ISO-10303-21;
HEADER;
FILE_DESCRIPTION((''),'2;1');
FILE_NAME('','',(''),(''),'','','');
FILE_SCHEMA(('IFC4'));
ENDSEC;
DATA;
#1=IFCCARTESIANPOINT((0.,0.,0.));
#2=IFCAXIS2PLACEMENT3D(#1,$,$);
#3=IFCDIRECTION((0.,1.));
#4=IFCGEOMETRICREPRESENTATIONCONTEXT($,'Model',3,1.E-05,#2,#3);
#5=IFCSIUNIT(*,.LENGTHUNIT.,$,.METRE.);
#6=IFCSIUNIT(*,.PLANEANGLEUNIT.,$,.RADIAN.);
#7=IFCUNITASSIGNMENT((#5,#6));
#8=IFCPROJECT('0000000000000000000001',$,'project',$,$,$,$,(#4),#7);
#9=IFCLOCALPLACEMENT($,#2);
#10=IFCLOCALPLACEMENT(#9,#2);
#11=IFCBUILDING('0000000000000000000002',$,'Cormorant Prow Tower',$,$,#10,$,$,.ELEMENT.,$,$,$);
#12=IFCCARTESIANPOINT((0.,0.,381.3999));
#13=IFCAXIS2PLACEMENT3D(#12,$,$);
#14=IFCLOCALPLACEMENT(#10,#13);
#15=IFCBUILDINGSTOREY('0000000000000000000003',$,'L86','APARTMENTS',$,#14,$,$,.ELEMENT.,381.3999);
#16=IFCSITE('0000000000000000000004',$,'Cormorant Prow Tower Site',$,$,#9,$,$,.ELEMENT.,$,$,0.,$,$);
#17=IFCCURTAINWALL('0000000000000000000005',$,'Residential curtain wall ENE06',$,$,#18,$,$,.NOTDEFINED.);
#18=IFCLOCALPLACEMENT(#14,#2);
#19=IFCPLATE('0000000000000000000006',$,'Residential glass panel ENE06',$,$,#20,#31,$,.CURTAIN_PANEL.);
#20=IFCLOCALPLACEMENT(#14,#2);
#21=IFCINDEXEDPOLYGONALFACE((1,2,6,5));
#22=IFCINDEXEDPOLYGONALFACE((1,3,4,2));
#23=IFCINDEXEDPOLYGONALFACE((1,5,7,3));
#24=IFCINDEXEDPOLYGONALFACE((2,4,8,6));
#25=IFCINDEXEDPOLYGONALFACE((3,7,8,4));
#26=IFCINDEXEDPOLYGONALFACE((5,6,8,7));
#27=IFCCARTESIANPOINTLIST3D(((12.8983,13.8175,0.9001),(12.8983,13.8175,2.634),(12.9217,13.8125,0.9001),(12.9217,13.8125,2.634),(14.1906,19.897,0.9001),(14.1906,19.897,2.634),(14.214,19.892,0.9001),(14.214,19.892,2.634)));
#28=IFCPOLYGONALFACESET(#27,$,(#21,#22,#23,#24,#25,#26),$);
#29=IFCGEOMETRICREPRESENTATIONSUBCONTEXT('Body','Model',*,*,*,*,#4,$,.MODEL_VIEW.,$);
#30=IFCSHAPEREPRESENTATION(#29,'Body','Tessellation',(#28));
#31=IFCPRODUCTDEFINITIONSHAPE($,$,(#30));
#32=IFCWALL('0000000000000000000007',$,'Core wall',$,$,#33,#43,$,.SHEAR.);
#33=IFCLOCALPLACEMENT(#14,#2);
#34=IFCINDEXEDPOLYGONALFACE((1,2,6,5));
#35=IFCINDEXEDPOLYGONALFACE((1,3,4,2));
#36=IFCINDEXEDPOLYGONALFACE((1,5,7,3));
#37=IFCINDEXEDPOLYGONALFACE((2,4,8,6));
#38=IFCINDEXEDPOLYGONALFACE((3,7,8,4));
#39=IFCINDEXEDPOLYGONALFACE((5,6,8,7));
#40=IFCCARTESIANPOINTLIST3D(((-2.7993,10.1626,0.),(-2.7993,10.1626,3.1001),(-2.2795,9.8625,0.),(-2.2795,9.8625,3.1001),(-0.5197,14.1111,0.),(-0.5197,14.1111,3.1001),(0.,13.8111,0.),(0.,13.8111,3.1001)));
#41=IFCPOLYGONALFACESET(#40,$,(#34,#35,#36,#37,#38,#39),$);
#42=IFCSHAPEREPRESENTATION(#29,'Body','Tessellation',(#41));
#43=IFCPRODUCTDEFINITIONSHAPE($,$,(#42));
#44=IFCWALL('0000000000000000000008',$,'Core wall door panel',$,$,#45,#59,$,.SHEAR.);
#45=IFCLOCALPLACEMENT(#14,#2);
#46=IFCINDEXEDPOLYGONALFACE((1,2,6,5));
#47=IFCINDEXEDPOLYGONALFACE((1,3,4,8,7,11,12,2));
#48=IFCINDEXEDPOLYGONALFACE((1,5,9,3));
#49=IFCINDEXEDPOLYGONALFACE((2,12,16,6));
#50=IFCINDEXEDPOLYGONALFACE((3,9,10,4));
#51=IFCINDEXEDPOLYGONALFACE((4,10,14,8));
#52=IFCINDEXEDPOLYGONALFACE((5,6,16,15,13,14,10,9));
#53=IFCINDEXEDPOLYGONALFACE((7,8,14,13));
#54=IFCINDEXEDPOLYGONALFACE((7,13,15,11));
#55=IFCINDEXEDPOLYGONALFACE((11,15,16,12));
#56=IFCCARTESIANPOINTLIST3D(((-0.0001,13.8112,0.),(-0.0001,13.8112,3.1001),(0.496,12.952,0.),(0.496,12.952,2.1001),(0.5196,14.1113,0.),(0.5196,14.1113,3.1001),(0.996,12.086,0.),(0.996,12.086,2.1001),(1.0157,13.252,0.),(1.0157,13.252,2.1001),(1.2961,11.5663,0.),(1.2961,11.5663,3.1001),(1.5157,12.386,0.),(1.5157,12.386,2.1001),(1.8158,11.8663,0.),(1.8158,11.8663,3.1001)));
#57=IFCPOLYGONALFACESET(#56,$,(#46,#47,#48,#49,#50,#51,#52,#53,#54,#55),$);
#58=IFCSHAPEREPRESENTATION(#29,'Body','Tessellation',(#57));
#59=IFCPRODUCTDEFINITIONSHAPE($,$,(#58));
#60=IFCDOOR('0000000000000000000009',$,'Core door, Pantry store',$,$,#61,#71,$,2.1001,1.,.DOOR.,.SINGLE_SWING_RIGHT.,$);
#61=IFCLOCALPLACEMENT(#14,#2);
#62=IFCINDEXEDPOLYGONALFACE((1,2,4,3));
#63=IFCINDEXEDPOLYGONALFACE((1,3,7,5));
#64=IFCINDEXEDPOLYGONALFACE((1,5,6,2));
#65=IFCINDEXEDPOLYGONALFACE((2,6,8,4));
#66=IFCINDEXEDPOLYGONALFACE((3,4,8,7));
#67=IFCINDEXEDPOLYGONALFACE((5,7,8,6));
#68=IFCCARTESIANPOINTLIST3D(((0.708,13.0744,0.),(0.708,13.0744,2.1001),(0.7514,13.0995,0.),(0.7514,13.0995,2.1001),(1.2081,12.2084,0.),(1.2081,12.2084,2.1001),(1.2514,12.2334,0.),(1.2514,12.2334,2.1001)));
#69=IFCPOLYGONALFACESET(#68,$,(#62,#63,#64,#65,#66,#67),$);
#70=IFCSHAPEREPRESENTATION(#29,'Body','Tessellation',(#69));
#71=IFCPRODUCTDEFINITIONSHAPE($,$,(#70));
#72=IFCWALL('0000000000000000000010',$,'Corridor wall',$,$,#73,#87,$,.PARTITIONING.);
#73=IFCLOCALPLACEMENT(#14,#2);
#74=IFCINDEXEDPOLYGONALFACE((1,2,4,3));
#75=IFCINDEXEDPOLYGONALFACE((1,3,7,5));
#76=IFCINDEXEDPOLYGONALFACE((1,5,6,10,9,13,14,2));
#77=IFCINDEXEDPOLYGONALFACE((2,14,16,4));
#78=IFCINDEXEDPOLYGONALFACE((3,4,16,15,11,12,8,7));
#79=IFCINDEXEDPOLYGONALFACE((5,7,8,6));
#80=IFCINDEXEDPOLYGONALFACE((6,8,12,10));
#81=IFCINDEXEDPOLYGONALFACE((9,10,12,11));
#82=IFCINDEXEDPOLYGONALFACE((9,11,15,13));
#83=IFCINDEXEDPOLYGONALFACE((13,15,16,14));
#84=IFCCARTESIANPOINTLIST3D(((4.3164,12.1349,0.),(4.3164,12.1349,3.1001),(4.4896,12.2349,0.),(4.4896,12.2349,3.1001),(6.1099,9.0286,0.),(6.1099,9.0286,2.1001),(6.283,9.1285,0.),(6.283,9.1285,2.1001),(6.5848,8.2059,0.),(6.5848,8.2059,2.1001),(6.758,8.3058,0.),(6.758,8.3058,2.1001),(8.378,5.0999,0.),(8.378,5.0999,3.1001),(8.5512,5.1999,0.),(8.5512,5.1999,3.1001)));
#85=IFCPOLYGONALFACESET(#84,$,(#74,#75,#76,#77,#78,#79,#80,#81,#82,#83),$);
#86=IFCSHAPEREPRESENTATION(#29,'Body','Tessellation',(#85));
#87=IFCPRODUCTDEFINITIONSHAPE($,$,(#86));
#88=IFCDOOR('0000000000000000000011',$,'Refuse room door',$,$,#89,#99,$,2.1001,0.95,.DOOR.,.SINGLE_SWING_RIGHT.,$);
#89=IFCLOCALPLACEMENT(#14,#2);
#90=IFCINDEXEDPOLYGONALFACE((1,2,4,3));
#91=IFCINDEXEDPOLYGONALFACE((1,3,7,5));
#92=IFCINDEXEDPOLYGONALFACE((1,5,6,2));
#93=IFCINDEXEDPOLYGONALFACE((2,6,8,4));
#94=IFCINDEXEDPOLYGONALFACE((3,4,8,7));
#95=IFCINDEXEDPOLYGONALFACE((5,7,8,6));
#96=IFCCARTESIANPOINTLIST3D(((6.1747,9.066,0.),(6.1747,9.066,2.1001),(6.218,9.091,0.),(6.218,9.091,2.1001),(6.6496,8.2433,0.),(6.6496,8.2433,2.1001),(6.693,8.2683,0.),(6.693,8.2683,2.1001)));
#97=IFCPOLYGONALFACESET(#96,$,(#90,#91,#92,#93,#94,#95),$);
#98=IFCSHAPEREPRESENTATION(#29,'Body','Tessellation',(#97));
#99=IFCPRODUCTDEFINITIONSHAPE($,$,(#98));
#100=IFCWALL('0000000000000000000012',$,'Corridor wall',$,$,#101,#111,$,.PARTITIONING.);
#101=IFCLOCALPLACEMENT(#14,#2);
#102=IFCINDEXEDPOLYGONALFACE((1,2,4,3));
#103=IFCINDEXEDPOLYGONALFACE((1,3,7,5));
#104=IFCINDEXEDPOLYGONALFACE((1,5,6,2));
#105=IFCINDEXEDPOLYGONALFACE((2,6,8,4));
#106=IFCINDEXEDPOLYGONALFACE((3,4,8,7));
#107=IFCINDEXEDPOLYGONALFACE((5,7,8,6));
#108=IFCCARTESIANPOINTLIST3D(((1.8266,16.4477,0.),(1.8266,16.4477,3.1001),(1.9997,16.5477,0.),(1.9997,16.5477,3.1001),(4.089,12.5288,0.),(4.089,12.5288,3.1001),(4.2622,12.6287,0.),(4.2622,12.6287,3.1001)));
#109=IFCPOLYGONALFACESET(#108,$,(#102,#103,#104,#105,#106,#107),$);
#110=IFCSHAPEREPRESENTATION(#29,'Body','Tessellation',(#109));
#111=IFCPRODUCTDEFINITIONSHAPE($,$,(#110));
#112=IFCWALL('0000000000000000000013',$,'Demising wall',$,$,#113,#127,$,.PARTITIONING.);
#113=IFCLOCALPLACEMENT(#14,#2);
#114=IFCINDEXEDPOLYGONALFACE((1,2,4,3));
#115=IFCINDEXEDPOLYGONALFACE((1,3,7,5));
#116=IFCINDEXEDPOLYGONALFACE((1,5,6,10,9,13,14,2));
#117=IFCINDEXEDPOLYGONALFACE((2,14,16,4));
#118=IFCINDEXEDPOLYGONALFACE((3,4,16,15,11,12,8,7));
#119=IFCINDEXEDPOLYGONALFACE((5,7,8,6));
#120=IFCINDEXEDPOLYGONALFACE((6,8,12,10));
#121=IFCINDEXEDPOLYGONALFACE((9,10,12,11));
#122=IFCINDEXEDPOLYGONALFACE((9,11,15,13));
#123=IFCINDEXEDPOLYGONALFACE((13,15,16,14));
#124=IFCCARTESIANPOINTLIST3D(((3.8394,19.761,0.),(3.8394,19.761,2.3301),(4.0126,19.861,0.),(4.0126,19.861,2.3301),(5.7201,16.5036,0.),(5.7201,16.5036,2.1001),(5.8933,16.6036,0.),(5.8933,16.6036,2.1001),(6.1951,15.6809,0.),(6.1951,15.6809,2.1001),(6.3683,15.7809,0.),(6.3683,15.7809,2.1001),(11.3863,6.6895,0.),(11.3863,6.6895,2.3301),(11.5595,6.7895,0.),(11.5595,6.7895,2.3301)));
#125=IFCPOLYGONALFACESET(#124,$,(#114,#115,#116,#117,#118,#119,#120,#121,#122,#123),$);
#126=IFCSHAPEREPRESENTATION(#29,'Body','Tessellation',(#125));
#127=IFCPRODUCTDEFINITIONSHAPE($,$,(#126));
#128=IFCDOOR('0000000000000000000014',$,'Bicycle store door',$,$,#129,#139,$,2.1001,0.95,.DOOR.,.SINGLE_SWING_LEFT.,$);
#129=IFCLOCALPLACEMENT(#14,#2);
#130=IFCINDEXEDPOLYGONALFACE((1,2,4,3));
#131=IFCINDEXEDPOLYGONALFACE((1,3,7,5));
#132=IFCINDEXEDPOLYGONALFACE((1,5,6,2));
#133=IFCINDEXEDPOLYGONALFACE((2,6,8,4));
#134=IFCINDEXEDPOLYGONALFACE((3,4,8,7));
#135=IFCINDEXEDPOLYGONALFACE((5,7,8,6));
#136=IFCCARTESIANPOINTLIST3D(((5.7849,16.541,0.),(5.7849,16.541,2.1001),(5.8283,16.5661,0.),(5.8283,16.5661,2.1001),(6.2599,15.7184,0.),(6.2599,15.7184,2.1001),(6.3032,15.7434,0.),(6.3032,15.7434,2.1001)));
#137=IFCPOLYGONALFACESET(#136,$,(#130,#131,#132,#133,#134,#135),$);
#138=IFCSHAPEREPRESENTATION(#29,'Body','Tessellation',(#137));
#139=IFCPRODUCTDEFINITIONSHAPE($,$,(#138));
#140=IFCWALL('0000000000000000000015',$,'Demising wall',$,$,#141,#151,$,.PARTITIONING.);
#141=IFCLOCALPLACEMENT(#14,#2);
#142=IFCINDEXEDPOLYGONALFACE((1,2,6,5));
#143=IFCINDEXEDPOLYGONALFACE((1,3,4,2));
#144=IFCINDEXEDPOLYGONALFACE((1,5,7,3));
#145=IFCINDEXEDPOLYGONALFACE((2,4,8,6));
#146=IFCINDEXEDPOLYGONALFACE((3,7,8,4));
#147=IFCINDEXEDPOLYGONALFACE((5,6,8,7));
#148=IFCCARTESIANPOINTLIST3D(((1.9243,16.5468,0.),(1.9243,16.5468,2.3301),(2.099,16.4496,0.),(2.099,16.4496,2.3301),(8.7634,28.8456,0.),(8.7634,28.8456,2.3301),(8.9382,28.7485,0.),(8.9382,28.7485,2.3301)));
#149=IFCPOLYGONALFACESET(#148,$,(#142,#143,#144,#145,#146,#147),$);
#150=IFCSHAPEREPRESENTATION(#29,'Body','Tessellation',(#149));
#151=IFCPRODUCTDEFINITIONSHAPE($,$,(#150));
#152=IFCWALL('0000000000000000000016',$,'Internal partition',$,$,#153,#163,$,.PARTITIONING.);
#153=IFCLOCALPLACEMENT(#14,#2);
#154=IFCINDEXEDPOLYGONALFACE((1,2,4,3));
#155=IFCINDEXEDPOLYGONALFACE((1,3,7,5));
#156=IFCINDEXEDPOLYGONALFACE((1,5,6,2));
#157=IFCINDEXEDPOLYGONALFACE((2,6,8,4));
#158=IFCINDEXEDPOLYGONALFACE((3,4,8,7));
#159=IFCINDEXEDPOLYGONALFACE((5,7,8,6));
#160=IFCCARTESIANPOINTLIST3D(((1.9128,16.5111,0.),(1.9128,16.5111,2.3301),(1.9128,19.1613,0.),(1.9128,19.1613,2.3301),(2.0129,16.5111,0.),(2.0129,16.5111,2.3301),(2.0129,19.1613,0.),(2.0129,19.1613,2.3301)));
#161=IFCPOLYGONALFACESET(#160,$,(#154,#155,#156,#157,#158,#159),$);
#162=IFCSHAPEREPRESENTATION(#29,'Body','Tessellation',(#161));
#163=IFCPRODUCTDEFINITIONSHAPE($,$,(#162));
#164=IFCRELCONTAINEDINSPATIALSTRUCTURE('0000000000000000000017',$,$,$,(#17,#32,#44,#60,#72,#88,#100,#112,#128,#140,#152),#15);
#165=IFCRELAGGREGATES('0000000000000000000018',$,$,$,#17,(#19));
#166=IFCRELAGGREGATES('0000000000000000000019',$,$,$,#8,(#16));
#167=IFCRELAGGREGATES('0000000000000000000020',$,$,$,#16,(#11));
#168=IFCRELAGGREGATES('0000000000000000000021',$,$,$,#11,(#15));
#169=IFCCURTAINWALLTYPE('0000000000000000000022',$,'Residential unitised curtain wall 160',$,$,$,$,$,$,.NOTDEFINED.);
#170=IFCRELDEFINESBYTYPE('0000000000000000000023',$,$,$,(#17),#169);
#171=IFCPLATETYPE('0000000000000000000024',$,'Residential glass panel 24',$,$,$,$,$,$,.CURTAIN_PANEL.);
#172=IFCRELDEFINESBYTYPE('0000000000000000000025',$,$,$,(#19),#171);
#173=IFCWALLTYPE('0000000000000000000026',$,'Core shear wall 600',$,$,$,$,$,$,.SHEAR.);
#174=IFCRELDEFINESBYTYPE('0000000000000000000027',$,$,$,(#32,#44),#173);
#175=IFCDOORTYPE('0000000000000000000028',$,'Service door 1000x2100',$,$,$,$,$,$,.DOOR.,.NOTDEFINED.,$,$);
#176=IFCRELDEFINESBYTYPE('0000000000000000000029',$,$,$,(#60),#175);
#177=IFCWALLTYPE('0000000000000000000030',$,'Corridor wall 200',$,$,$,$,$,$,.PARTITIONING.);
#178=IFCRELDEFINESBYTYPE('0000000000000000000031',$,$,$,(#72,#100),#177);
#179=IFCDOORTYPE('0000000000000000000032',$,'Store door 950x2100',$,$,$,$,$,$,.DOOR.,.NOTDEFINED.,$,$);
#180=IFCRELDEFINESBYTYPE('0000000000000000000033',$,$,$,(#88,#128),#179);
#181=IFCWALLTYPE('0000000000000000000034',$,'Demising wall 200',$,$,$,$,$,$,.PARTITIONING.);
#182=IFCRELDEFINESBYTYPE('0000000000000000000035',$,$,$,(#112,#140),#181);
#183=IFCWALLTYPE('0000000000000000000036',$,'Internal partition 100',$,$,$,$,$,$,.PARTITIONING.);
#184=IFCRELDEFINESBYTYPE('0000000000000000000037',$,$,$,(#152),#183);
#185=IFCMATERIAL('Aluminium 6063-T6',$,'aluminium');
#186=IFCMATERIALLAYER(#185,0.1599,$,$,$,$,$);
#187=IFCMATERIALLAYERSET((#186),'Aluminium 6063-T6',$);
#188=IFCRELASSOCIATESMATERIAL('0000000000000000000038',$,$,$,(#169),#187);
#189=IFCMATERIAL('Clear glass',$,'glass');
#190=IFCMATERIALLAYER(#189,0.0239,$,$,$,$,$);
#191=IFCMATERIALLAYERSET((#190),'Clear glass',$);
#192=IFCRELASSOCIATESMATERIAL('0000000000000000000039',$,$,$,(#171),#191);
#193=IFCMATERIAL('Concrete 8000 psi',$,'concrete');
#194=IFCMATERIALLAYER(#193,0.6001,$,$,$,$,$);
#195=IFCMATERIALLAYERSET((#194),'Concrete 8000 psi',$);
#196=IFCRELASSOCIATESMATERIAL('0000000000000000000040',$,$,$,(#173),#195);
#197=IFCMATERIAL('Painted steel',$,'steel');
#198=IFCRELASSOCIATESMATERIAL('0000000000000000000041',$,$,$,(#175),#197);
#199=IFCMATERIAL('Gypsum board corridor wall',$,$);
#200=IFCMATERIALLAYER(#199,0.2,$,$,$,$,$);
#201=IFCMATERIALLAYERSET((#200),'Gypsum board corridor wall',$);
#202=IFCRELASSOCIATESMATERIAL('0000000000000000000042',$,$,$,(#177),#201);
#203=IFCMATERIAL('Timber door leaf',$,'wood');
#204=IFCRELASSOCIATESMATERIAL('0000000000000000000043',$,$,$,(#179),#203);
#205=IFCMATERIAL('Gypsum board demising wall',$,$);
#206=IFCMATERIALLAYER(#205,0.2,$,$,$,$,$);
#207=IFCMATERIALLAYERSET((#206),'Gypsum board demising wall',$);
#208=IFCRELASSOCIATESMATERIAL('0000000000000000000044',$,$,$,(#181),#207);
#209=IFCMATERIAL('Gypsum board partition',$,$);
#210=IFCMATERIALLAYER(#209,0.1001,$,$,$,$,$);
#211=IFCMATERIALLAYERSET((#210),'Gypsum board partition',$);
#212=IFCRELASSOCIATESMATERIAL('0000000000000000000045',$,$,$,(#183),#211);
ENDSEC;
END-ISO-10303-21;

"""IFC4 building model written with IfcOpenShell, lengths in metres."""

from ifc_helpers import new_model, si_unit, direction, frame, frame_2d, origin, origin_2d, place, context, subcontext, project, spatial, rectangle, extrude, material, layer, layer_set, type_object, element, fill, aggregate, save


model = new_model("IFC4")

# Units and contexts
model_context = context("Model", 3, precision=1e-05, world=origin(), true_north=direction((0.0, 1.0)))
body_context = subcontext(model_context, "Body", "Model", "MODEL_VIEW")
ifc_project = project(units=[si_unit("LENGTHUNIT", "METRE"), si_unit("PLANEANGLEUNIT", "RADIAN")], contexts=[model_context])

# Site, building, storey
site_placement = place(None, origin())
site = spatial("IfcSite", under=ifc_project, at=site_placement, Name="Cormorant Prow Tower Site", CompositionType="ELEMENT", RefElevation=0.0)
building_placement = place(site_placement, origin())
building = spatial("IfcBuilding", under=site, at=building_placement, Name="Cormorant Prow Tower", CompositionType="ELEMENT")
storey_placement = place(building_placement, frame((0.0, 0.0, 381.3999)))
storey = spatial("IfcBuildingStorey", under=building, at=storey_placement, Name="L86", Description="APARTMENTS", CompositionType="ELEMENT", Elevation=381.3999)

# Curtain wall
ifc_material_1 = material(Name="Aluminium 6063-T6", Category="aluminium")
ifc_layer_1 = layer(ifc_material_1, 0.1599)
ifc_layer_set_1 = layer_set([ifc_layer_1], Name="Aluminium 6063-T6")
curtain_wall_type = type_object("IfcCurtainWallType", Name="Residential unitised curtain wall 160", PredefinedType="NOTDEFINED", material=ifc_layer_set_1)
curtain_wall_placement = place(storey_placement, origin())
curtain_wall = element("IfcCurtainWall", 1, at=curtain_wall_placement, inside=storey, type_object=curtain_wall_type, Name="Residential curtain wall ENE06", PredefinedType="NOTDEFINED")

# Plate
ifc_material_2 = material(Name="Clear glass", Category="glass")
ifc_layer_2 = layer(ifc_material_2, 0.0239)
ifc_layer_set_2 = layer_set([ifc_layer_2], Name="Clear glass")
plate_type = type_object("IfcPlateType", Name="Residential glass panel 24", PredefinedType="CURTAIN_PANEL", material=ifc_layer_set_2)
plate_placement = place(storey_placement, frame((13.5562, 16.8547, 0.9001), z_axis=(0.0, 0.0, 1.0), x_axis=(0.207912, 0.978148, 0.0)))
plate = element("IfcPlate", 2, at=plate_placement, type_object=plate_type, Name="Residential glass panel ENE06", PredefinedType="CURTAIN_PANEL", context=body_context, shape_type="SweptSolid", body=[
    extrude(rectangle(XDim=6.2153, YDim=0.0239, at=origin_2d()), origin(), (0.0, 0.0, 1.0), 1.7339),
])
aggregate(curtain_wall, [plate])

# Wall
ifc_material_3 = material(Name="Concrete 8000 psi", Category="concrete")
ifc_layer_3 = layer(ifc_material_3, 0.6001)
ifc_layer_set_3 = layer_set([ifc_layer_3], Name="Concrete 8000 psi")
wall_type_1 = type_object("IfcWallType", Name="Core shear wall 600", PredefinedType="SHEAR", material=ifc_layer_set_3)
wall_1_placement = place(storey_placement, frame((-0.2598, 13.9612, 0.0), z_axis=(0.0, 0.0, 1.0), x_axis=(-0.49998, -0.866037, 0.0)))
element("IfcWall", 3, at=wall_1_placement, inside=storey, type_object=wall_type_1, Name="Core wall", PredefinedType="SHEAR", context=body_context, shape_type="SweptSolid", body=[
    extrude(rectangle(XDim=4.5593, YDim=0.6001, at=frame_2d((2.2798, 0.0))), origin(), (0.0, 0.0, 1.0), 3.1001),
])

# Walls, openings, doors
wall_2_placement = place(storey_placement, frame((1.5559, 11.7163, 0.0), z_axis=(0.0, 0.0, 1.0), x_axis=(-0.500019, 0.866015, 0.0)))
wall_2 = element("IfcWall", 4, at=wall_2_placement, inside=storey, type_object=wall_type_1, Name="Core wall door panel", PredefinedType="SHEAR", context=body_context, shape_type="SweptSolid", body=[
    extrude(rectangle(XDim=2.5923, YDim=0.6001, at=frame_2d((1.2961, 0.0))), origin(), (0.0, 0.0, 1.0), 3.1001),
])
opening_1_placement = place(wall_2_placement, frame((0.6001, 0.0, 0.0)))
opening_1 = element("IfcOpeningElement", 5, at=opening_1_placement, cuts=wall_2, PredefinedType="OPENING", context=body_context, shape_type="SweptSolid", body=[
    extrude(rectangle(XDim=1.0, YDim=2.1001, at=frame_2d((0.5, 1.05))), frame((0.0, 0.3101, 0.0), z_axis=(0.0, -1.0, 0.0), x_axis=(1.0, 0.0, 0.0)), (0.0, 0.0, 1.0), 0.6201),
])
ifc_material_4 = material(Name="Painted steel", Category="steel")
door_type_1 = type_object("IfcDoorType", Name="Service door 1000x2100", OperationType="NOTDEFINED", PredefinedType="DOOR", material=ifc_material_4)
door_1_placement = place(opening_1_placement, origin())
door_1 = element("IfcDoor", 6, at=door_1_placement, inside=storey, type_object=door_type_1, Name="Core door, Pantry store", OperationType="SINGLE_SWING_RIGHT", OverallHeight=2.1001, OverallWidth=1.0, PredefinedType="DOOR", context=body_context, shape_type="SweptSolid", body=[
    extrude(rectangle(XDim=1.0, YDim=2.1001, at=frame_2d((0.5, 1.05))), frame((0.0, 0.0552, 0.0), z_axis=(0.0, -1.0, 0.0), x_axis=(1.0, 0.0, 0.0)), (0.0, 0.0, 1.0), 0.05),
])
fill(opening_1, door_1)
ifc_material_5 = material(Name="Gypsum board corridor wall")
ifc_layer_4 = layer(ifc_material_5, 0.2)
ifc_layer_set_4 = layer_set([ifc_layer_4], Name="Gypsum board corridor wall")
wall_type_2 = type_object("IfcWallType", Name="Corridor wall 200", PredefinedType="PARTITIONING", material=ifc_layer_set_4)
wall_3_placement = place(storey_placement, frame((4.4031, 12.1848, 0.0), z_axis=(0.0, 0.0, 1.0), x_axis=(0.499992, -0.86603, 0.0)))
wall_3 = element("IfcWall", 7, at=wall_3_placement, inside=storey, type_object=wall_type_2, Name="Corridor wall", PredefinedType="PARTITIONING", context=body_context, shape_type="SweptSolid", body=[
    extrude(rectangle(XDim=8.1233, YDim=0.2, at=frame_2d((4.0615, 0.0))), origin(), (0.0, 0.0, 1.0), 3.1001),
])
opening_2_placement = place(wall_3_placement, frame((3.5867, 0.0, 0.0)))
opening_2 = element("IfcOpeningElement", 8, at=opening_2_placement, cuts=wall_3, PredefinedType="OPENING", context=body_context, shape_type="SweptSolid", body=[
    extrude(rectangle(XDim=0.95, YDim=2.1001, at=frame_2d((0.4751, 1.05))), frame((0.0, 0.1099, 0.0), z_axis=(0.0, -1.0, 0.0), x_axis=(1.0, 0.0, 0.0)), (0.0, 0.0, 1.0), 0.22),
])
ifc_material_6 = material(Name="Timber door leaf", Category="wood")
door_type_2 = type_object("IfcDoorType", Name="Store door 950x2100", OperationType="NOTDEFINED", PredefinedType="DOOR", material=ifc_material_6)
door_2_placement = place(opening_2_placement, origin())
door_2 = element("IfcDoor", 9, at=door_2_placement, inside=storey, type_object=door_type_2, Name="Refuse room door", OperationType="SINGLE_SWING_RIGHT", OverallHeight=2.1001, OverallWidth=0.95, PredefinedType="DOOR", context=body_context, shape_type="SweptSolid", body=[
    extrude(rectangle(XDim=0.95, YDim=2.1001, at=frame_2d((0.4751, 1.05))), frame((0.0, 0.0249, 0.0), z_axis=(0.0, -1.0, 0.0), x_axis=(1.0, 0.0, 0.0)), (0.0, 0.0, 1.0), 0.05),
])
fill(opening_2, door_2)

# Wall
wall_4_placement = place(storey_placement, frame((1.9131, 16.4978, 0.0), z_axis=(0.0, 0.0, 1.0), x_axis=(0.499975, -0.86604, 0.0)))
element("IfcWall", 10, at=wall_4_placement, inside=storey, type_object=wall_type_2, Name="Corridor wall", PredefinedType="PARTITIONING", context=body_context, shape_type="SweptSolid", body=[
    extrude(rectangle(XDim=4.5251, YDim=0.2, at=frame_2d((2.2627, 0.0))), origin(), (0.0, 0.0, 1.0), 3.1001),
])

# Wall, opening, door
ifc_material_7 = material(Name="Gypsum board demising wall")
ifc_layer_5 = layer(ifc_material_7, 0.2)
ifc_layer_set_5 = layer_set([ifc_layer_5], Name="Gypsum board demising wall")
wall_type_3 = type_object("IfcWallType", Name="Demising wall 200", PredefinedType="PARTITIONING", material=ifc_layer_set_5)
wall_5_placement = place(storey_placement, frame((3.926, 19.811, 0.0), z_axis=(0.0, 0.0, 1.0), x_axis=(0.500001, -0.866025, 0.0)))
wall_5 = element("IfcWall", 11, at=wall_5_placement, inside=storey, type_object=wall_type_3, Name="Demising wall", PredefinedType="PARTITIONING", context=body_context, shape_type="SweptSolid", body=[
    extrude(rectangle(XDim=15.0938, YDim=0.2, at=frame_2d((7.5469, 0.0))), origin(), (0.0, 0.0, 1.0), 2.3301),
])
opening_3_placement = place(wall_5_placement, frame((3.7612, 0.0, 0.0)))
opening_3 = element("IfcOpeningElement", 12, at=opening_3_placement, cuts=wall_5, PredefinedType="OPENING", context=body_context, shape_type="SweptSolid", body=[
    extrude(rectangle(XDim=0.95, YDim=2.1001, at=frame_2d((0.4751, 1.05))), frame((0.0, 0.1099, 0.0), z_axis=(0.0, -1.0, 0.0), x_axis=(1.0, 0.0, 0.0)), (0.0, 0.0, 1.0), 0.22),
])
door_3_placement = place(opening_3_placement, origin())
door_3 = element("IfcDoor", 13, at=door_3_placement, inside=storey, type_object=door_type_2, Name="Bicycle store door", OperationType="SINGLE_SWING_LEFT", OverallHeight=2.1001, OverallWidth=0.95, PredefinedType="DOOR", context=body_context, shape_type="SweptSolid", body=[
    extrude(rectangle(XDim=0.95, YDim=2.1001, at=frame_2d((0.4751, 1.05))), frame((0.0, 0.0249, 0.0), z_axis=(0.0, -1.0, 0.0), x_axis=(1.0, 0.0, 0.0)), (0.0, 0.0, 1.0), 0.05),
])
fill(opening_3, door_3)

# Walls
wall_6_placement = place(storey_placement, frame((2.0117, 16.4983, 0.0), z_axis=(0.0, 0.0, 1.0), x_axis=(0.485992, 0.873963, 0.0)))
element("IfcWall", 14, at=wall_6_placement, inside=storey, type_object=wall_type_3, Name="Demising wall", PredefinedType="PARTITIONING", context=body_context, shape_type="SweptSolid", body=[
    extrude(rectangle(XDim=14.0725, YDim=0.2, at=frame_2d((7.0361, 0.0))), origin(), (0.0, 0.0, 1.0), 2.3301),
])
ifc_material_8 = material(Name="Gypsum board partition")
ifc_layer_6 = layer(ifc_material_8, 0.1001)
ifc_layer_set_6 = layer_set([ifc_layer_6], Name="Gypsum board partition")
wall_type_4 = type_object("IfcWallType", Name="Internal partition 100", PredefinedType="PARTITIONING", material=ifc_layer_set_6)
wall_7_placement = place(storey_placement, frame((1.9629, 16.511, 0.0), z_axis=(0.0, 0.0, 1.0), x_axis=(0.0, 1.0, 0.0)))
element("IfcWall", 15, at=wall_7_placement, inside=storey, type_object=wall_type_4, Name="Internal partition", PredefinedType="PARTITIONING", context=body_context, shape_type="SweptSolid", body=[
    extrude(rectangle(XDim=2.6501, YDim=0.1001, at=frame_2d((1.3252, 0.0))), origin(), (0.0, 0.0, 1.0), 2.3301),
])

save(model, "model.ifc")
